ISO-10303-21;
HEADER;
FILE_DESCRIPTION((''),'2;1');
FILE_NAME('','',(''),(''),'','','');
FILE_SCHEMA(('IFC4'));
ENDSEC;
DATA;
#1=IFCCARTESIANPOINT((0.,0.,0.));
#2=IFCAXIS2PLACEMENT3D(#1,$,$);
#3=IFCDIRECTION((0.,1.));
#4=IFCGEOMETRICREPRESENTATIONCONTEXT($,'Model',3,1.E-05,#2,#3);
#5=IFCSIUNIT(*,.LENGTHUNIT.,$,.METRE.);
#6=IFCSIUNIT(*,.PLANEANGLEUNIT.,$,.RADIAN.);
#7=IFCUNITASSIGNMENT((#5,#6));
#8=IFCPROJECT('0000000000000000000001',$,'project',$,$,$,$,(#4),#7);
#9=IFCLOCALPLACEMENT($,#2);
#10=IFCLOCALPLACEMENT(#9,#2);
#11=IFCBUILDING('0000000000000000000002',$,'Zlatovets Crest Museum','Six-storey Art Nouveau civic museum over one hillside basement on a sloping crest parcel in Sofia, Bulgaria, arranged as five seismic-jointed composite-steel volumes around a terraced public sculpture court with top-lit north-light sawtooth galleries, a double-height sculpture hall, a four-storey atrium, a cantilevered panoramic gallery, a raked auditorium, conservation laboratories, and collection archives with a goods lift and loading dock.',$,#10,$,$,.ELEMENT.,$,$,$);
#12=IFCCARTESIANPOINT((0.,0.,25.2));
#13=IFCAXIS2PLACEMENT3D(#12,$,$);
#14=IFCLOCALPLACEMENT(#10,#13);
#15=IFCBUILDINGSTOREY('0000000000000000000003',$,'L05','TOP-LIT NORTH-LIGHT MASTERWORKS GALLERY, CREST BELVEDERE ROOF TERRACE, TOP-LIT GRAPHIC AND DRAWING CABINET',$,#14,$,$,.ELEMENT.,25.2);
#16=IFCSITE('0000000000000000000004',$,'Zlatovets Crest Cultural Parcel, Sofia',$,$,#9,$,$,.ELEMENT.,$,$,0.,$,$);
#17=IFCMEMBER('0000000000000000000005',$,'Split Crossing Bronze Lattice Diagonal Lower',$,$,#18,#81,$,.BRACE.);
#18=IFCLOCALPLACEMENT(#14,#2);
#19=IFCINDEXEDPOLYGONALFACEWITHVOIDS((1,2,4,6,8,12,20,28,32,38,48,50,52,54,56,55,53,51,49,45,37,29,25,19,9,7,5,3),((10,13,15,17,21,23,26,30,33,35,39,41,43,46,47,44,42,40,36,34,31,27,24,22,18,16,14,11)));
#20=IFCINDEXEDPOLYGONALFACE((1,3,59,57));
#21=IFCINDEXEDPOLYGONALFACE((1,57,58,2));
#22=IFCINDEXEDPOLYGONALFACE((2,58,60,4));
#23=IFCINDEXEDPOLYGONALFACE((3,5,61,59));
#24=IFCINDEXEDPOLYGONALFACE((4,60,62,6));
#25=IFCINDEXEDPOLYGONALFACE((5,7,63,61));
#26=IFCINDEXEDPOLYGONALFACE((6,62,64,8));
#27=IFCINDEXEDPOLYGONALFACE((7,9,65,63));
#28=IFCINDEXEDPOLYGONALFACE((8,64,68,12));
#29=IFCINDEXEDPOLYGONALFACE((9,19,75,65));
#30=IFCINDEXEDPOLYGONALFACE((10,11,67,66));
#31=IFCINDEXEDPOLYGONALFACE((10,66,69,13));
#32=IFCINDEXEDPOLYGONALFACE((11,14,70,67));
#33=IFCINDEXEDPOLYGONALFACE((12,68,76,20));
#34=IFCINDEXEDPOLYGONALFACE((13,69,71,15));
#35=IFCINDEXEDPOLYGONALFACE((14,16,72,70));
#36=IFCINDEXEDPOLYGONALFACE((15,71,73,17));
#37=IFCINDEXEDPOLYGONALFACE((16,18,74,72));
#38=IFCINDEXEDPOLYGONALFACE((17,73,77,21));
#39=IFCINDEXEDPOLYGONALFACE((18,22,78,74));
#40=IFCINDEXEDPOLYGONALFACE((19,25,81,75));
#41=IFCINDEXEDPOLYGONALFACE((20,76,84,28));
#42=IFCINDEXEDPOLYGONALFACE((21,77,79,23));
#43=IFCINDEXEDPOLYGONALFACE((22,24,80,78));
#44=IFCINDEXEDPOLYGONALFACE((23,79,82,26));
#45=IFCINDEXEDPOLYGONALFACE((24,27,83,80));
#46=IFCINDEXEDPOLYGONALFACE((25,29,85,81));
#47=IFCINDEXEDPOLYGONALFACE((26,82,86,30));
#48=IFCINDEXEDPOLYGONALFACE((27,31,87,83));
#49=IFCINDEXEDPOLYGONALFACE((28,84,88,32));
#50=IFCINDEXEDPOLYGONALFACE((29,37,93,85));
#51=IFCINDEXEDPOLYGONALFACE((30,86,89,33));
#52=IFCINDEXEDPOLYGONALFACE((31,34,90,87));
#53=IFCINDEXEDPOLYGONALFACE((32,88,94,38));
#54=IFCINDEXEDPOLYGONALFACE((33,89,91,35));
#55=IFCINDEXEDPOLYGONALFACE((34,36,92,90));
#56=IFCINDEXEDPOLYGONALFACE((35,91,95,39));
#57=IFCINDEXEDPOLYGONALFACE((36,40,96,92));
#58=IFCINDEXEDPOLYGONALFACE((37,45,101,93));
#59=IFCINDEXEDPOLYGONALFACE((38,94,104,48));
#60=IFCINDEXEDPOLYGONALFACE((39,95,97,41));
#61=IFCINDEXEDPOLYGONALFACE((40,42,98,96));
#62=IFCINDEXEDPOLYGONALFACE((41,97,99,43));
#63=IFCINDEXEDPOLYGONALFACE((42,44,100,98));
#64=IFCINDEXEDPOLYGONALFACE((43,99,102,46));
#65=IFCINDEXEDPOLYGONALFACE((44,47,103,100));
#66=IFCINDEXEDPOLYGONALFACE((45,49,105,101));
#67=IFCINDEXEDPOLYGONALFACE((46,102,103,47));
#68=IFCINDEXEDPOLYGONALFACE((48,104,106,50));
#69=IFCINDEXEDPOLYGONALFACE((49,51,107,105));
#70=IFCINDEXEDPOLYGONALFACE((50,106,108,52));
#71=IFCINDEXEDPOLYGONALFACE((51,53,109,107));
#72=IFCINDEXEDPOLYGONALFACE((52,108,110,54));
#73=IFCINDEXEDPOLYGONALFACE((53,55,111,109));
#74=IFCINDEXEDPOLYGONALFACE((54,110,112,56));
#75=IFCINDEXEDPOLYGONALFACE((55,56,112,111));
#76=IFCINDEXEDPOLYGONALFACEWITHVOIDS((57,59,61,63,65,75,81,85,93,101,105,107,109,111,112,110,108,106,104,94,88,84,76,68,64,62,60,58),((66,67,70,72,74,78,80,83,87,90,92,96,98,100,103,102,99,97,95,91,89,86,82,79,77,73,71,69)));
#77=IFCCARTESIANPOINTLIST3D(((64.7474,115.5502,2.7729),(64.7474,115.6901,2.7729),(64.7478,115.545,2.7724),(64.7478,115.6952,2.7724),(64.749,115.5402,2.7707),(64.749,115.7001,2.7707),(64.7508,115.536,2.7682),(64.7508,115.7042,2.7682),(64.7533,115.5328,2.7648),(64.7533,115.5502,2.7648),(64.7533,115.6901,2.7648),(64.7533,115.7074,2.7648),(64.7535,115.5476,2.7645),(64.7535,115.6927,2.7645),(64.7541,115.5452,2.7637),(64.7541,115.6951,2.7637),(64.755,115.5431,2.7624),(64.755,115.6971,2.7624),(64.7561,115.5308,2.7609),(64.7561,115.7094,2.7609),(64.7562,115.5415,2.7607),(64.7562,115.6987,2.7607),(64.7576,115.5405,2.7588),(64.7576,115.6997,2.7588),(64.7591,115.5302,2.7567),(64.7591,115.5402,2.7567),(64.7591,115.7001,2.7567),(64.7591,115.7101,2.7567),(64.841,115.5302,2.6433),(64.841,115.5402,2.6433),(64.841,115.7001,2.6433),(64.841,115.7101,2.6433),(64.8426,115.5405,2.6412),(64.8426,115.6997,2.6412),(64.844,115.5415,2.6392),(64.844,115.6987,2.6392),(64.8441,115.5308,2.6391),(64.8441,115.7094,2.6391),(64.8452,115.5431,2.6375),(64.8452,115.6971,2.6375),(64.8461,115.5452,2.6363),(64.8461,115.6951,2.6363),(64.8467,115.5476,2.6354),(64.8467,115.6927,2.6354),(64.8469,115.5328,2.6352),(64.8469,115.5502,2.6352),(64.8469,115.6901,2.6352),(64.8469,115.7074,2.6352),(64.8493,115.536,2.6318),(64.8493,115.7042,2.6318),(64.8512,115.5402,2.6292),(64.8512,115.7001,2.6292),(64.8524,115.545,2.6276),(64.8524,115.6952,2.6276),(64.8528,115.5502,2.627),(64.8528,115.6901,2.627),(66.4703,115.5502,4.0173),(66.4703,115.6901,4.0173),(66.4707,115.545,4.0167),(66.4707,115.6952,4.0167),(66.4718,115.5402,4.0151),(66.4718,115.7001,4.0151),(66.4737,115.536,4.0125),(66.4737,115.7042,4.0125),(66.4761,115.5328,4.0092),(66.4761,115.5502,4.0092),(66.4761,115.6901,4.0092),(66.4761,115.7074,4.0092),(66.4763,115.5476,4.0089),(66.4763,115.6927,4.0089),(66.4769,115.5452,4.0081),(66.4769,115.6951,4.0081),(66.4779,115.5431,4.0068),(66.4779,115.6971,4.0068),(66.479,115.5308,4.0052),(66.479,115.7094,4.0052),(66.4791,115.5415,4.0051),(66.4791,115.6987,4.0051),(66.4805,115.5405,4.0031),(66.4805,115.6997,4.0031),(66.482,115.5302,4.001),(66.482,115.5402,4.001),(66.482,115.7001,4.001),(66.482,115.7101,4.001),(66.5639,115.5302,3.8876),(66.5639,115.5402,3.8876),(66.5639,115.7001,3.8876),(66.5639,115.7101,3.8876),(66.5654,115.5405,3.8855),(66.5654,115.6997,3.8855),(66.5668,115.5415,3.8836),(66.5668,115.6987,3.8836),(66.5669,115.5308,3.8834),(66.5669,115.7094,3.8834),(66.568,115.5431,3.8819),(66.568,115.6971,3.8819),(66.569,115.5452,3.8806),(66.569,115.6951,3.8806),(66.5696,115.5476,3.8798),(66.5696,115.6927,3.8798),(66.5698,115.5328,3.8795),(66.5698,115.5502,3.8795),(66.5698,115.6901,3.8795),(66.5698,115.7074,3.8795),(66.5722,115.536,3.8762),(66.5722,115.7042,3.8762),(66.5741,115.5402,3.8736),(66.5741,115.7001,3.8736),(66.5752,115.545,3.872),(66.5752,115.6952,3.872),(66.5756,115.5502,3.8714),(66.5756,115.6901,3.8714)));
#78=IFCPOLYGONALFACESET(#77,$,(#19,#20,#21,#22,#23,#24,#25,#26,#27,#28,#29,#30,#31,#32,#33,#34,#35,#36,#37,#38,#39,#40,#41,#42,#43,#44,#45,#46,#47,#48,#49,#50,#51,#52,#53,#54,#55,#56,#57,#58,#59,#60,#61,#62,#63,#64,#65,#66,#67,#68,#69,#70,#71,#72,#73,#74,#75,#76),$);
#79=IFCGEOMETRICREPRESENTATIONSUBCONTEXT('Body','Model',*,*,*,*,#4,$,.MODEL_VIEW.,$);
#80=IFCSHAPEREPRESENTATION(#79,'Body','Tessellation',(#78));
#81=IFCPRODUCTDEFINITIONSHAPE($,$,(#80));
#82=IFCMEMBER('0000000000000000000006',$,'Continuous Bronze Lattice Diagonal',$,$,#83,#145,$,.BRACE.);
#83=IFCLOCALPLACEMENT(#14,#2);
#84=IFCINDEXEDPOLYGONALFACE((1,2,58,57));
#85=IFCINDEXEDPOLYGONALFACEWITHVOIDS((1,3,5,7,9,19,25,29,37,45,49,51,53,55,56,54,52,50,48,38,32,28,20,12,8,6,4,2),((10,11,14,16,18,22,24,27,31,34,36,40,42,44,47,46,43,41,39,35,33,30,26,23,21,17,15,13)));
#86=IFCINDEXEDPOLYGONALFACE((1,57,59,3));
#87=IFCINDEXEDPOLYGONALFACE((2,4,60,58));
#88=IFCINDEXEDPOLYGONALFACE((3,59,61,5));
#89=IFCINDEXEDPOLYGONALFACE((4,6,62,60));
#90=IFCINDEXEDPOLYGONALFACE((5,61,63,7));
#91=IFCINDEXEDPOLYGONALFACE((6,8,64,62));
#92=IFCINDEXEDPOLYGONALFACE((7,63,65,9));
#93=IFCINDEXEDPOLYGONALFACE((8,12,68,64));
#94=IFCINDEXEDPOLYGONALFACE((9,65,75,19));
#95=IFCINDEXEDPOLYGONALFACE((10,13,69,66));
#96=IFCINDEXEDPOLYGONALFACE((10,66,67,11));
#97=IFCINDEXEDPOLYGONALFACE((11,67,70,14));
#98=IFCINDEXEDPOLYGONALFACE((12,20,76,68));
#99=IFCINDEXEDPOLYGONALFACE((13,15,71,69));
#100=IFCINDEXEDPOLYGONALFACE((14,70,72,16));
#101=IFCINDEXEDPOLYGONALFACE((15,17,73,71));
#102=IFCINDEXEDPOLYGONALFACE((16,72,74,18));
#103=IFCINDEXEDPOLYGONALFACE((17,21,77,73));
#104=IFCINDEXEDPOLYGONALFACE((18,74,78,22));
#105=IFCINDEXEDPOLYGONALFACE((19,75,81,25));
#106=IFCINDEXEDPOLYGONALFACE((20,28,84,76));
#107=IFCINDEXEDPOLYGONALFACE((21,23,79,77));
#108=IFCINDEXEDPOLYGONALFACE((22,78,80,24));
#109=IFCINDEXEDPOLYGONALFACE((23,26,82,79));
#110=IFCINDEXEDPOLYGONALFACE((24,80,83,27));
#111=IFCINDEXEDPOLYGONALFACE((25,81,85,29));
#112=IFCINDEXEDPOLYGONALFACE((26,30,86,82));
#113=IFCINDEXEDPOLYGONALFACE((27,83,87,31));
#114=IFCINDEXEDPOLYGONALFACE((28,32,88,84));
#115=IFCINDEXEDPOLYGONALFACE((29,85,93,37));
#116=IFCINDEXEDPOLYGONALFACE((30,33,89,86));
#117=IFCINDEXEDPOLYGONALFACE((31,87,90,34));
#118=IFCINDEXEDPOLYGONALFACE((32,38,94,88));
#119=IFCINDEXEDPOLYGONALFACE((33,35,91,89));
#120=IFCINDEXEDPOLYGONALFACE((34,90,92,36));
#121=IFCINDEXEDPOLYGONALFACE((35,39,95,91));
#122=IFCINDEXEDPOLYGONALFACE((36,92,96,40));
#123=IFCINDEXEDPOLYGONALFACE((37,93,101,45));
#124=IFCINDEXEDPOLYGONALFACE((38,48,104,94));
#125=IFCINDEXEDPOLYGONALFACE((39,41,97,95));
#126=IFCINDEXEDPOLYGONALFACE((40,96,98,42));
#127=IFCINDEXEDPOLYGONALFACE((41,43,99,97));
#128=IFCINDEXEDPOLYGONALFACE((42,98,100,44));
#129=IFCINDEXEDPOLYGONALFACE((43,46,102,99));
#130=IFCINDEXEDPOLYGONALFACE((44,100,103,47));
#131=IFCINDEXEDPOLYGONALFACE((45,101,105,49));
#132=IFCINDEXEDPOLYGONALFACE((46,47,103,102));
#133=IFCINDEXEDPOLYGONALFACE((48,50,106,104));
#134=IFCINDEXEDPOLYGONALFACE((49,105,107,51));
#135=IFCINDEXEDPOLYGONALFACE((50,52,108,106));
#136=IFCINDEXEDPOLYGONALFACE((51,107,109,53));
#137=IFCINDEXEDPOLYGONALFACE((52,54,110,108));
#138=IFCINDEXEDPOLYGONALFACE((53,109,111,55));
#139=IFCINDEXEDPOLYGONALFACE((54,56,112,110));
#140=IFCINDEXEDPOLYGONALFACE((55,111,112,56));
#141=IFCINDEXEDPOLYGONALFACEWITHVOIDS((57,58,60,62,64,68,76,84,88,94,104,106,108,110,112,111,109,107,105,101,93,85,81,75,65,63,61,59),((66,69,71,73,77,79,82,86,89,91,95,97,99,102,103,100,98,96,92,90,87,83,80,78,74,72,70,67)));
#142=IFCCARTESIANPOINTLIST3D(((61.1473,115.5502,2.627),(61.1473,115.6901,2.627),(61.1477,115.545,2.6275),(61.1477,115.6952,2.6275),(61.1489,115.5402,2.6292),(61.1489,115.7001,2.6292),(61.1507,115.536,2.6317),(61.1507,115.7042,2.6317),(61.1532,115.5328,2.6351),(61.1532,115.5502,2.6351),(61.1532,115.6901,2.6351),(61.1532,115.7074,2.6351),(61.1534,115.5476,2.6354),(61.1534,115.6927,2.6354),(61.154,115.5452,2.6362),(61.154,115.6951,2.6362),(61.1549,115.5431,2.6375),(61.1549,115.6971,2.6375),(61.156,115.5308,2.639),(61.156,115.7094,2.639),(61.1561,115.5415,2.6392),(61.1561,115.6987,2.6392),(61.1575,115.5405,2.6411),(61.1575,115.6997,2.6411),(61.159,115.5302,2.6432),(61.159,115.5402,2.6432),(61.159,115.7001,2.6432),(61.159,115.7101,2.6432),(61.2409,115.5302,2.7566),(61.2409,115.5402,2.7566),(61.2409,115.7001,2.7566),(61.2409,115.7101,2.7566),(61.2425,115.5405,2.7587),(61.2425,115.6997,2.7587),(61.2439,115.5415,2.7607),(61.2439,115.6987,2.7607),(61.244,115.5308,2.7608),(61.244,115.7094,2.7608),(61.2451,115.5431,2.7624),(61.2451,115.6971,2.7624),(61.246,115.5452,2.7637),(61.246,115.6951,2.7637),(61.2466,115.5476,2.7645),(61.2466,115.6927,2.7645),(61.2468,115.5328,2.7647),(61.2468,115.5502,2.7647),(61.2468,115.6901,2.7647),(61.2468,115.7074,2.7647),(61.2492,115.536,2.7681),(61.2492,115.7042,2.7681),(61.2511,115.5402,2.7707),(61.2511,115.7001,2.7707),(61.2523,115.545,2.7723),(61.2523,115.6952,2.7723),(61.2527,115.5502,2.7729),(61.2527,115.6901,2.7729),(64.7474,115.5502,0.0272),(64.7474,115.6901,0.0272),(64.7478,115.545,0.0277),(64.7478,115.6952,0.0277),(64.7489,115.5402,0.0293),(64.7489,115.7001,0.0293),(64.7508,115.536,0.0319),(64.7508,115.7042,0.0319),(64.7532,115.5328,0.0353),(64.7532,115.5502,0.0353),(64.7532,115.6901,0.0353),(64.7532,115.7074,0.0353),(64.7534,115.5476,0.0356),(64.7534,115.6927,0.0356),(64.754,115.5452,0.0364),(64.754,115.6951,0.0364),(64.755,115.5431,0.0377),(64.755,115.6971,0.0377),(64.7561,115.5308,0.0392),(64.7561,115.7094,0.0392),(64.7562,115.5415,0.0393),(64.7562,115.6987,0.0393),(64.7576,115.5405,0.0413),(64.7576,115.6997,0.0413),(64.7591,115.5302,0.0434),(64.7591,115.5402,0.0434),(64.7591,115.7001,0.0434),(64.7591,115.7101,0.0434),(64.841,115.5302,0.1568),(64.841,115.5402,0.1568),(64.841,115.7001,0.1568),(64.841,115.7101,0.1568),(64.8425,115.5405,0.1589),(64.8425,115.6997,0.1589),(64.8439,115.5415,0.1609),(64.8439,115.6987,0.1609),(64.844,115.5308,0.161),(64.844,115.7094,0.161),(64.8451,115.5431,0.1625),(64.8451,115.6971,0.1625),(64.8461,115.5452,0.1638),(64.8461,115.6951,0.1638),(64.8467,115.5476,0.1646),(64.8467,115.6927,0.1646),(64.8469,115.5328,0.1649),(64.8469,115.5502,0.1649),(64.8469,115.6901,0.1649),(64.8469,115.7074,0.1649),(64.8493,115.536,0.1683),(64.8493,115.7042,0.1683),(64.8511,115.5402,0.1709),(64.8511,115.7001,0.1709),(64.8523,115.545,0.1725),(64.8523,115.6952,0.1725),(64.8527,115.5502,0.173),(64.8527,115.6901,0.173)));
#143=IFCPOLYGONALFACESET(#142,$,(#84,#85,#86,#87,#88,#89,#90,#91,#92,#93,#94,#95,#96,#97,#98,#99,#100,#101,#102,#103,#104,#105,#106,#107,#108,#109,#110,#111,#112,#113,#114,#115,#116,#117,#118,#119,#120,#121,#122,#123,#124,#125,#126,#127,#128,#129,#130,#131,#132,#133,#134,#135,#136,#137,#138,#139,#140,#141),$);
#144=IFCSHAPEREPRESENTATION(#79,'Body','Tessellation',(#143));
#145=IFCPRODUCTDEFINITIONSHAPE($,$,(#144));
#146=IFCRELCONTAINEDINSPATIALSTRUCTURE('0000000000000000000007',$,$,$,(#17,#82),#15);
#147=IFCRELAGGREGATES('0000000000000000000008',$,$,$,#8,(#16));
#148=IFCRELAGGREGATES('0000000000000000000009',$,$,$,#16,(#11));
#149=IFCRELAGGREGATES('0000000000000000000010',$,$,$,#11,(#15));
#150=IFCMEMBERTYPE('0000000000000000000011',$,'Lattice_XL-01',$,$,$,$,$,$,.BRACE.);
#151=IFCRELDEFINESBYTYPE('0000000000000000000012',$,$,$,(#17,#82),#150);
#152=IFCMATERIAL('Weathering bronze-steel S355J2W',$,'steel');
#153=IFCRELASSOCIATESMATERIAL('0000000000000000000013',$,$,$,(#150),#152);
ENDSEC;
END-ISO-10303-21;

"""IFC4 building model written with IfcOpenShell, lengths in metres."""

from ifc_helpers import new_model, si_unit, direction, frame, origin, origin_2d, place, context, subcontext, project, spatial, hollow_rectangle, extrude, material, material_profile, profile_set, type_object, element, save


model = new_model("IFC4")

# Units and contexts
model_context = context("Model", 3, precision=1e-05, world=origin(), true_north=direction((0.0, 1.0)))
body_context = subcontext(model_context, "Body", "Model", "MODEL_VIEW")
ifc_project = project(units=[si_unit("LENGTHUNIT", "METRE"), si_unit("PLANEANGLEUNIT", "RADIAN")], contexts=[model_context])

# Site, building, storey
site_placement = place(None, origin())
site = spatial("IfcSite", under=ifc_project, at=site_placement, Name="Zlatovets Crest Cultural Parcel, Sofia", CompositionType="ELEMENT", RefElevation=0.0)
building_placement = place(site_placement, origin())
building = spatial("IfcBuilding", under=site, at=building_placement, Name="Zlatovets Crest Museum", Description="Six-storey Art Nouveau civic museum over one hillside basement on a sloping crest parcel in Sofia, Bulgaria, arranged as five seismic-jointed composite-steel volumes around a terraced public sculpture court with top-lit north-light sawtooth galleries, a double-height sculpture hall, a four-storey atrium, a cantilevered panoramic gallery, a raked auditorium, conservation laboratories, and collection archives with a goods lift and loading dock.", CompositionType="ELEMENT")
storey_placement = place(building_placement, frame((0.0, 0.0, 25.2)))
storey = spatial("IfcBuildingStorey", under=building, at=storey_placement, Name="L05", Description="TOP-LIT NORTH-LIGHT MASTERWORKS GALLERY, CREST BELVEDERE ROOF TERRACE, TOP-LIT GRAPHIC AND DRAWING CABINET", CompositionType="ELEMENT", Elevation=25.2)

# Members
ifc_material_1 = material(Name="Weathering bronze-steel S355J2W", Category="steel")
ifc_material_profile_1 = material_profile(ifc_material_1, hollow_rectangle(XDim=0.1799, YDim=0.1799, WallThickness=0.01, InnerFilletRadius=0.01, OuterFilletRadius=0.02, at=origin_2d()), Name="SHS 180x180x10.0")
ifc_profile_set_1 = profile_set([ifc_material_profile_1], Name="Weathering bronze-steel S355J2W")
member_type_1 = type_object("IfcMemberType", Name="Lattice_XL-01", PredefinedType="BRACE", material=ifc_profile_set_1)
for number, where, z_axis, x_axis, name in (
    (1, (66.5229, 115.6201, 3.9443), (-0.810664, 0.0, -0.585512), (0.0, -1.0, 0.0), "Split Crossing Bronze Lattice Diagonal Lower"),
):
    element("IfcMember", number, at=place(storey_placement, frame(where, z_axis=z_axis, x_axis=x_axis)), inside=storey, type_object=member_type_1, Name=name, PredefinedType="BRACE", context=body_context, shape_type="SweptSolid", body=[
        extrude(hollow_rectangle(XDim=0.1799, YDim=0.1799, WallThickness=0.01, InnerFilletRadius=0.01, OuterFilletRadius=0.02, at=origin_2d()), origin(), (0.0, 0.0, 1.0), 2.1252),
    ])
member_1_placement = place(storey_placement, frame((64.8, 115.6201, 0.1001), z_axis=(-0.810702, 0.0, 0.585458), x_axis=(0.0, -1.0, 0.0)))
element("IfcMember", 2, at=member_1_placement, inside=storey, type_object=member_type_1, Name="Continuous Bronze Lattice Diagonal", PredefinedType="BRACE", context=body_context, shape_type="SweptSolid", body=[
    extrude(hollow_rectangle(XDim=0.1799, YDim=0.1799, WallThickness=0.01, InnerFilletRadius=0.01, OuterFilletRadius=0.02, at=origin_2d()), origin(), (0.0, 0.0, 1.0), 4.4407),
])

save(model, "model.ifc")
